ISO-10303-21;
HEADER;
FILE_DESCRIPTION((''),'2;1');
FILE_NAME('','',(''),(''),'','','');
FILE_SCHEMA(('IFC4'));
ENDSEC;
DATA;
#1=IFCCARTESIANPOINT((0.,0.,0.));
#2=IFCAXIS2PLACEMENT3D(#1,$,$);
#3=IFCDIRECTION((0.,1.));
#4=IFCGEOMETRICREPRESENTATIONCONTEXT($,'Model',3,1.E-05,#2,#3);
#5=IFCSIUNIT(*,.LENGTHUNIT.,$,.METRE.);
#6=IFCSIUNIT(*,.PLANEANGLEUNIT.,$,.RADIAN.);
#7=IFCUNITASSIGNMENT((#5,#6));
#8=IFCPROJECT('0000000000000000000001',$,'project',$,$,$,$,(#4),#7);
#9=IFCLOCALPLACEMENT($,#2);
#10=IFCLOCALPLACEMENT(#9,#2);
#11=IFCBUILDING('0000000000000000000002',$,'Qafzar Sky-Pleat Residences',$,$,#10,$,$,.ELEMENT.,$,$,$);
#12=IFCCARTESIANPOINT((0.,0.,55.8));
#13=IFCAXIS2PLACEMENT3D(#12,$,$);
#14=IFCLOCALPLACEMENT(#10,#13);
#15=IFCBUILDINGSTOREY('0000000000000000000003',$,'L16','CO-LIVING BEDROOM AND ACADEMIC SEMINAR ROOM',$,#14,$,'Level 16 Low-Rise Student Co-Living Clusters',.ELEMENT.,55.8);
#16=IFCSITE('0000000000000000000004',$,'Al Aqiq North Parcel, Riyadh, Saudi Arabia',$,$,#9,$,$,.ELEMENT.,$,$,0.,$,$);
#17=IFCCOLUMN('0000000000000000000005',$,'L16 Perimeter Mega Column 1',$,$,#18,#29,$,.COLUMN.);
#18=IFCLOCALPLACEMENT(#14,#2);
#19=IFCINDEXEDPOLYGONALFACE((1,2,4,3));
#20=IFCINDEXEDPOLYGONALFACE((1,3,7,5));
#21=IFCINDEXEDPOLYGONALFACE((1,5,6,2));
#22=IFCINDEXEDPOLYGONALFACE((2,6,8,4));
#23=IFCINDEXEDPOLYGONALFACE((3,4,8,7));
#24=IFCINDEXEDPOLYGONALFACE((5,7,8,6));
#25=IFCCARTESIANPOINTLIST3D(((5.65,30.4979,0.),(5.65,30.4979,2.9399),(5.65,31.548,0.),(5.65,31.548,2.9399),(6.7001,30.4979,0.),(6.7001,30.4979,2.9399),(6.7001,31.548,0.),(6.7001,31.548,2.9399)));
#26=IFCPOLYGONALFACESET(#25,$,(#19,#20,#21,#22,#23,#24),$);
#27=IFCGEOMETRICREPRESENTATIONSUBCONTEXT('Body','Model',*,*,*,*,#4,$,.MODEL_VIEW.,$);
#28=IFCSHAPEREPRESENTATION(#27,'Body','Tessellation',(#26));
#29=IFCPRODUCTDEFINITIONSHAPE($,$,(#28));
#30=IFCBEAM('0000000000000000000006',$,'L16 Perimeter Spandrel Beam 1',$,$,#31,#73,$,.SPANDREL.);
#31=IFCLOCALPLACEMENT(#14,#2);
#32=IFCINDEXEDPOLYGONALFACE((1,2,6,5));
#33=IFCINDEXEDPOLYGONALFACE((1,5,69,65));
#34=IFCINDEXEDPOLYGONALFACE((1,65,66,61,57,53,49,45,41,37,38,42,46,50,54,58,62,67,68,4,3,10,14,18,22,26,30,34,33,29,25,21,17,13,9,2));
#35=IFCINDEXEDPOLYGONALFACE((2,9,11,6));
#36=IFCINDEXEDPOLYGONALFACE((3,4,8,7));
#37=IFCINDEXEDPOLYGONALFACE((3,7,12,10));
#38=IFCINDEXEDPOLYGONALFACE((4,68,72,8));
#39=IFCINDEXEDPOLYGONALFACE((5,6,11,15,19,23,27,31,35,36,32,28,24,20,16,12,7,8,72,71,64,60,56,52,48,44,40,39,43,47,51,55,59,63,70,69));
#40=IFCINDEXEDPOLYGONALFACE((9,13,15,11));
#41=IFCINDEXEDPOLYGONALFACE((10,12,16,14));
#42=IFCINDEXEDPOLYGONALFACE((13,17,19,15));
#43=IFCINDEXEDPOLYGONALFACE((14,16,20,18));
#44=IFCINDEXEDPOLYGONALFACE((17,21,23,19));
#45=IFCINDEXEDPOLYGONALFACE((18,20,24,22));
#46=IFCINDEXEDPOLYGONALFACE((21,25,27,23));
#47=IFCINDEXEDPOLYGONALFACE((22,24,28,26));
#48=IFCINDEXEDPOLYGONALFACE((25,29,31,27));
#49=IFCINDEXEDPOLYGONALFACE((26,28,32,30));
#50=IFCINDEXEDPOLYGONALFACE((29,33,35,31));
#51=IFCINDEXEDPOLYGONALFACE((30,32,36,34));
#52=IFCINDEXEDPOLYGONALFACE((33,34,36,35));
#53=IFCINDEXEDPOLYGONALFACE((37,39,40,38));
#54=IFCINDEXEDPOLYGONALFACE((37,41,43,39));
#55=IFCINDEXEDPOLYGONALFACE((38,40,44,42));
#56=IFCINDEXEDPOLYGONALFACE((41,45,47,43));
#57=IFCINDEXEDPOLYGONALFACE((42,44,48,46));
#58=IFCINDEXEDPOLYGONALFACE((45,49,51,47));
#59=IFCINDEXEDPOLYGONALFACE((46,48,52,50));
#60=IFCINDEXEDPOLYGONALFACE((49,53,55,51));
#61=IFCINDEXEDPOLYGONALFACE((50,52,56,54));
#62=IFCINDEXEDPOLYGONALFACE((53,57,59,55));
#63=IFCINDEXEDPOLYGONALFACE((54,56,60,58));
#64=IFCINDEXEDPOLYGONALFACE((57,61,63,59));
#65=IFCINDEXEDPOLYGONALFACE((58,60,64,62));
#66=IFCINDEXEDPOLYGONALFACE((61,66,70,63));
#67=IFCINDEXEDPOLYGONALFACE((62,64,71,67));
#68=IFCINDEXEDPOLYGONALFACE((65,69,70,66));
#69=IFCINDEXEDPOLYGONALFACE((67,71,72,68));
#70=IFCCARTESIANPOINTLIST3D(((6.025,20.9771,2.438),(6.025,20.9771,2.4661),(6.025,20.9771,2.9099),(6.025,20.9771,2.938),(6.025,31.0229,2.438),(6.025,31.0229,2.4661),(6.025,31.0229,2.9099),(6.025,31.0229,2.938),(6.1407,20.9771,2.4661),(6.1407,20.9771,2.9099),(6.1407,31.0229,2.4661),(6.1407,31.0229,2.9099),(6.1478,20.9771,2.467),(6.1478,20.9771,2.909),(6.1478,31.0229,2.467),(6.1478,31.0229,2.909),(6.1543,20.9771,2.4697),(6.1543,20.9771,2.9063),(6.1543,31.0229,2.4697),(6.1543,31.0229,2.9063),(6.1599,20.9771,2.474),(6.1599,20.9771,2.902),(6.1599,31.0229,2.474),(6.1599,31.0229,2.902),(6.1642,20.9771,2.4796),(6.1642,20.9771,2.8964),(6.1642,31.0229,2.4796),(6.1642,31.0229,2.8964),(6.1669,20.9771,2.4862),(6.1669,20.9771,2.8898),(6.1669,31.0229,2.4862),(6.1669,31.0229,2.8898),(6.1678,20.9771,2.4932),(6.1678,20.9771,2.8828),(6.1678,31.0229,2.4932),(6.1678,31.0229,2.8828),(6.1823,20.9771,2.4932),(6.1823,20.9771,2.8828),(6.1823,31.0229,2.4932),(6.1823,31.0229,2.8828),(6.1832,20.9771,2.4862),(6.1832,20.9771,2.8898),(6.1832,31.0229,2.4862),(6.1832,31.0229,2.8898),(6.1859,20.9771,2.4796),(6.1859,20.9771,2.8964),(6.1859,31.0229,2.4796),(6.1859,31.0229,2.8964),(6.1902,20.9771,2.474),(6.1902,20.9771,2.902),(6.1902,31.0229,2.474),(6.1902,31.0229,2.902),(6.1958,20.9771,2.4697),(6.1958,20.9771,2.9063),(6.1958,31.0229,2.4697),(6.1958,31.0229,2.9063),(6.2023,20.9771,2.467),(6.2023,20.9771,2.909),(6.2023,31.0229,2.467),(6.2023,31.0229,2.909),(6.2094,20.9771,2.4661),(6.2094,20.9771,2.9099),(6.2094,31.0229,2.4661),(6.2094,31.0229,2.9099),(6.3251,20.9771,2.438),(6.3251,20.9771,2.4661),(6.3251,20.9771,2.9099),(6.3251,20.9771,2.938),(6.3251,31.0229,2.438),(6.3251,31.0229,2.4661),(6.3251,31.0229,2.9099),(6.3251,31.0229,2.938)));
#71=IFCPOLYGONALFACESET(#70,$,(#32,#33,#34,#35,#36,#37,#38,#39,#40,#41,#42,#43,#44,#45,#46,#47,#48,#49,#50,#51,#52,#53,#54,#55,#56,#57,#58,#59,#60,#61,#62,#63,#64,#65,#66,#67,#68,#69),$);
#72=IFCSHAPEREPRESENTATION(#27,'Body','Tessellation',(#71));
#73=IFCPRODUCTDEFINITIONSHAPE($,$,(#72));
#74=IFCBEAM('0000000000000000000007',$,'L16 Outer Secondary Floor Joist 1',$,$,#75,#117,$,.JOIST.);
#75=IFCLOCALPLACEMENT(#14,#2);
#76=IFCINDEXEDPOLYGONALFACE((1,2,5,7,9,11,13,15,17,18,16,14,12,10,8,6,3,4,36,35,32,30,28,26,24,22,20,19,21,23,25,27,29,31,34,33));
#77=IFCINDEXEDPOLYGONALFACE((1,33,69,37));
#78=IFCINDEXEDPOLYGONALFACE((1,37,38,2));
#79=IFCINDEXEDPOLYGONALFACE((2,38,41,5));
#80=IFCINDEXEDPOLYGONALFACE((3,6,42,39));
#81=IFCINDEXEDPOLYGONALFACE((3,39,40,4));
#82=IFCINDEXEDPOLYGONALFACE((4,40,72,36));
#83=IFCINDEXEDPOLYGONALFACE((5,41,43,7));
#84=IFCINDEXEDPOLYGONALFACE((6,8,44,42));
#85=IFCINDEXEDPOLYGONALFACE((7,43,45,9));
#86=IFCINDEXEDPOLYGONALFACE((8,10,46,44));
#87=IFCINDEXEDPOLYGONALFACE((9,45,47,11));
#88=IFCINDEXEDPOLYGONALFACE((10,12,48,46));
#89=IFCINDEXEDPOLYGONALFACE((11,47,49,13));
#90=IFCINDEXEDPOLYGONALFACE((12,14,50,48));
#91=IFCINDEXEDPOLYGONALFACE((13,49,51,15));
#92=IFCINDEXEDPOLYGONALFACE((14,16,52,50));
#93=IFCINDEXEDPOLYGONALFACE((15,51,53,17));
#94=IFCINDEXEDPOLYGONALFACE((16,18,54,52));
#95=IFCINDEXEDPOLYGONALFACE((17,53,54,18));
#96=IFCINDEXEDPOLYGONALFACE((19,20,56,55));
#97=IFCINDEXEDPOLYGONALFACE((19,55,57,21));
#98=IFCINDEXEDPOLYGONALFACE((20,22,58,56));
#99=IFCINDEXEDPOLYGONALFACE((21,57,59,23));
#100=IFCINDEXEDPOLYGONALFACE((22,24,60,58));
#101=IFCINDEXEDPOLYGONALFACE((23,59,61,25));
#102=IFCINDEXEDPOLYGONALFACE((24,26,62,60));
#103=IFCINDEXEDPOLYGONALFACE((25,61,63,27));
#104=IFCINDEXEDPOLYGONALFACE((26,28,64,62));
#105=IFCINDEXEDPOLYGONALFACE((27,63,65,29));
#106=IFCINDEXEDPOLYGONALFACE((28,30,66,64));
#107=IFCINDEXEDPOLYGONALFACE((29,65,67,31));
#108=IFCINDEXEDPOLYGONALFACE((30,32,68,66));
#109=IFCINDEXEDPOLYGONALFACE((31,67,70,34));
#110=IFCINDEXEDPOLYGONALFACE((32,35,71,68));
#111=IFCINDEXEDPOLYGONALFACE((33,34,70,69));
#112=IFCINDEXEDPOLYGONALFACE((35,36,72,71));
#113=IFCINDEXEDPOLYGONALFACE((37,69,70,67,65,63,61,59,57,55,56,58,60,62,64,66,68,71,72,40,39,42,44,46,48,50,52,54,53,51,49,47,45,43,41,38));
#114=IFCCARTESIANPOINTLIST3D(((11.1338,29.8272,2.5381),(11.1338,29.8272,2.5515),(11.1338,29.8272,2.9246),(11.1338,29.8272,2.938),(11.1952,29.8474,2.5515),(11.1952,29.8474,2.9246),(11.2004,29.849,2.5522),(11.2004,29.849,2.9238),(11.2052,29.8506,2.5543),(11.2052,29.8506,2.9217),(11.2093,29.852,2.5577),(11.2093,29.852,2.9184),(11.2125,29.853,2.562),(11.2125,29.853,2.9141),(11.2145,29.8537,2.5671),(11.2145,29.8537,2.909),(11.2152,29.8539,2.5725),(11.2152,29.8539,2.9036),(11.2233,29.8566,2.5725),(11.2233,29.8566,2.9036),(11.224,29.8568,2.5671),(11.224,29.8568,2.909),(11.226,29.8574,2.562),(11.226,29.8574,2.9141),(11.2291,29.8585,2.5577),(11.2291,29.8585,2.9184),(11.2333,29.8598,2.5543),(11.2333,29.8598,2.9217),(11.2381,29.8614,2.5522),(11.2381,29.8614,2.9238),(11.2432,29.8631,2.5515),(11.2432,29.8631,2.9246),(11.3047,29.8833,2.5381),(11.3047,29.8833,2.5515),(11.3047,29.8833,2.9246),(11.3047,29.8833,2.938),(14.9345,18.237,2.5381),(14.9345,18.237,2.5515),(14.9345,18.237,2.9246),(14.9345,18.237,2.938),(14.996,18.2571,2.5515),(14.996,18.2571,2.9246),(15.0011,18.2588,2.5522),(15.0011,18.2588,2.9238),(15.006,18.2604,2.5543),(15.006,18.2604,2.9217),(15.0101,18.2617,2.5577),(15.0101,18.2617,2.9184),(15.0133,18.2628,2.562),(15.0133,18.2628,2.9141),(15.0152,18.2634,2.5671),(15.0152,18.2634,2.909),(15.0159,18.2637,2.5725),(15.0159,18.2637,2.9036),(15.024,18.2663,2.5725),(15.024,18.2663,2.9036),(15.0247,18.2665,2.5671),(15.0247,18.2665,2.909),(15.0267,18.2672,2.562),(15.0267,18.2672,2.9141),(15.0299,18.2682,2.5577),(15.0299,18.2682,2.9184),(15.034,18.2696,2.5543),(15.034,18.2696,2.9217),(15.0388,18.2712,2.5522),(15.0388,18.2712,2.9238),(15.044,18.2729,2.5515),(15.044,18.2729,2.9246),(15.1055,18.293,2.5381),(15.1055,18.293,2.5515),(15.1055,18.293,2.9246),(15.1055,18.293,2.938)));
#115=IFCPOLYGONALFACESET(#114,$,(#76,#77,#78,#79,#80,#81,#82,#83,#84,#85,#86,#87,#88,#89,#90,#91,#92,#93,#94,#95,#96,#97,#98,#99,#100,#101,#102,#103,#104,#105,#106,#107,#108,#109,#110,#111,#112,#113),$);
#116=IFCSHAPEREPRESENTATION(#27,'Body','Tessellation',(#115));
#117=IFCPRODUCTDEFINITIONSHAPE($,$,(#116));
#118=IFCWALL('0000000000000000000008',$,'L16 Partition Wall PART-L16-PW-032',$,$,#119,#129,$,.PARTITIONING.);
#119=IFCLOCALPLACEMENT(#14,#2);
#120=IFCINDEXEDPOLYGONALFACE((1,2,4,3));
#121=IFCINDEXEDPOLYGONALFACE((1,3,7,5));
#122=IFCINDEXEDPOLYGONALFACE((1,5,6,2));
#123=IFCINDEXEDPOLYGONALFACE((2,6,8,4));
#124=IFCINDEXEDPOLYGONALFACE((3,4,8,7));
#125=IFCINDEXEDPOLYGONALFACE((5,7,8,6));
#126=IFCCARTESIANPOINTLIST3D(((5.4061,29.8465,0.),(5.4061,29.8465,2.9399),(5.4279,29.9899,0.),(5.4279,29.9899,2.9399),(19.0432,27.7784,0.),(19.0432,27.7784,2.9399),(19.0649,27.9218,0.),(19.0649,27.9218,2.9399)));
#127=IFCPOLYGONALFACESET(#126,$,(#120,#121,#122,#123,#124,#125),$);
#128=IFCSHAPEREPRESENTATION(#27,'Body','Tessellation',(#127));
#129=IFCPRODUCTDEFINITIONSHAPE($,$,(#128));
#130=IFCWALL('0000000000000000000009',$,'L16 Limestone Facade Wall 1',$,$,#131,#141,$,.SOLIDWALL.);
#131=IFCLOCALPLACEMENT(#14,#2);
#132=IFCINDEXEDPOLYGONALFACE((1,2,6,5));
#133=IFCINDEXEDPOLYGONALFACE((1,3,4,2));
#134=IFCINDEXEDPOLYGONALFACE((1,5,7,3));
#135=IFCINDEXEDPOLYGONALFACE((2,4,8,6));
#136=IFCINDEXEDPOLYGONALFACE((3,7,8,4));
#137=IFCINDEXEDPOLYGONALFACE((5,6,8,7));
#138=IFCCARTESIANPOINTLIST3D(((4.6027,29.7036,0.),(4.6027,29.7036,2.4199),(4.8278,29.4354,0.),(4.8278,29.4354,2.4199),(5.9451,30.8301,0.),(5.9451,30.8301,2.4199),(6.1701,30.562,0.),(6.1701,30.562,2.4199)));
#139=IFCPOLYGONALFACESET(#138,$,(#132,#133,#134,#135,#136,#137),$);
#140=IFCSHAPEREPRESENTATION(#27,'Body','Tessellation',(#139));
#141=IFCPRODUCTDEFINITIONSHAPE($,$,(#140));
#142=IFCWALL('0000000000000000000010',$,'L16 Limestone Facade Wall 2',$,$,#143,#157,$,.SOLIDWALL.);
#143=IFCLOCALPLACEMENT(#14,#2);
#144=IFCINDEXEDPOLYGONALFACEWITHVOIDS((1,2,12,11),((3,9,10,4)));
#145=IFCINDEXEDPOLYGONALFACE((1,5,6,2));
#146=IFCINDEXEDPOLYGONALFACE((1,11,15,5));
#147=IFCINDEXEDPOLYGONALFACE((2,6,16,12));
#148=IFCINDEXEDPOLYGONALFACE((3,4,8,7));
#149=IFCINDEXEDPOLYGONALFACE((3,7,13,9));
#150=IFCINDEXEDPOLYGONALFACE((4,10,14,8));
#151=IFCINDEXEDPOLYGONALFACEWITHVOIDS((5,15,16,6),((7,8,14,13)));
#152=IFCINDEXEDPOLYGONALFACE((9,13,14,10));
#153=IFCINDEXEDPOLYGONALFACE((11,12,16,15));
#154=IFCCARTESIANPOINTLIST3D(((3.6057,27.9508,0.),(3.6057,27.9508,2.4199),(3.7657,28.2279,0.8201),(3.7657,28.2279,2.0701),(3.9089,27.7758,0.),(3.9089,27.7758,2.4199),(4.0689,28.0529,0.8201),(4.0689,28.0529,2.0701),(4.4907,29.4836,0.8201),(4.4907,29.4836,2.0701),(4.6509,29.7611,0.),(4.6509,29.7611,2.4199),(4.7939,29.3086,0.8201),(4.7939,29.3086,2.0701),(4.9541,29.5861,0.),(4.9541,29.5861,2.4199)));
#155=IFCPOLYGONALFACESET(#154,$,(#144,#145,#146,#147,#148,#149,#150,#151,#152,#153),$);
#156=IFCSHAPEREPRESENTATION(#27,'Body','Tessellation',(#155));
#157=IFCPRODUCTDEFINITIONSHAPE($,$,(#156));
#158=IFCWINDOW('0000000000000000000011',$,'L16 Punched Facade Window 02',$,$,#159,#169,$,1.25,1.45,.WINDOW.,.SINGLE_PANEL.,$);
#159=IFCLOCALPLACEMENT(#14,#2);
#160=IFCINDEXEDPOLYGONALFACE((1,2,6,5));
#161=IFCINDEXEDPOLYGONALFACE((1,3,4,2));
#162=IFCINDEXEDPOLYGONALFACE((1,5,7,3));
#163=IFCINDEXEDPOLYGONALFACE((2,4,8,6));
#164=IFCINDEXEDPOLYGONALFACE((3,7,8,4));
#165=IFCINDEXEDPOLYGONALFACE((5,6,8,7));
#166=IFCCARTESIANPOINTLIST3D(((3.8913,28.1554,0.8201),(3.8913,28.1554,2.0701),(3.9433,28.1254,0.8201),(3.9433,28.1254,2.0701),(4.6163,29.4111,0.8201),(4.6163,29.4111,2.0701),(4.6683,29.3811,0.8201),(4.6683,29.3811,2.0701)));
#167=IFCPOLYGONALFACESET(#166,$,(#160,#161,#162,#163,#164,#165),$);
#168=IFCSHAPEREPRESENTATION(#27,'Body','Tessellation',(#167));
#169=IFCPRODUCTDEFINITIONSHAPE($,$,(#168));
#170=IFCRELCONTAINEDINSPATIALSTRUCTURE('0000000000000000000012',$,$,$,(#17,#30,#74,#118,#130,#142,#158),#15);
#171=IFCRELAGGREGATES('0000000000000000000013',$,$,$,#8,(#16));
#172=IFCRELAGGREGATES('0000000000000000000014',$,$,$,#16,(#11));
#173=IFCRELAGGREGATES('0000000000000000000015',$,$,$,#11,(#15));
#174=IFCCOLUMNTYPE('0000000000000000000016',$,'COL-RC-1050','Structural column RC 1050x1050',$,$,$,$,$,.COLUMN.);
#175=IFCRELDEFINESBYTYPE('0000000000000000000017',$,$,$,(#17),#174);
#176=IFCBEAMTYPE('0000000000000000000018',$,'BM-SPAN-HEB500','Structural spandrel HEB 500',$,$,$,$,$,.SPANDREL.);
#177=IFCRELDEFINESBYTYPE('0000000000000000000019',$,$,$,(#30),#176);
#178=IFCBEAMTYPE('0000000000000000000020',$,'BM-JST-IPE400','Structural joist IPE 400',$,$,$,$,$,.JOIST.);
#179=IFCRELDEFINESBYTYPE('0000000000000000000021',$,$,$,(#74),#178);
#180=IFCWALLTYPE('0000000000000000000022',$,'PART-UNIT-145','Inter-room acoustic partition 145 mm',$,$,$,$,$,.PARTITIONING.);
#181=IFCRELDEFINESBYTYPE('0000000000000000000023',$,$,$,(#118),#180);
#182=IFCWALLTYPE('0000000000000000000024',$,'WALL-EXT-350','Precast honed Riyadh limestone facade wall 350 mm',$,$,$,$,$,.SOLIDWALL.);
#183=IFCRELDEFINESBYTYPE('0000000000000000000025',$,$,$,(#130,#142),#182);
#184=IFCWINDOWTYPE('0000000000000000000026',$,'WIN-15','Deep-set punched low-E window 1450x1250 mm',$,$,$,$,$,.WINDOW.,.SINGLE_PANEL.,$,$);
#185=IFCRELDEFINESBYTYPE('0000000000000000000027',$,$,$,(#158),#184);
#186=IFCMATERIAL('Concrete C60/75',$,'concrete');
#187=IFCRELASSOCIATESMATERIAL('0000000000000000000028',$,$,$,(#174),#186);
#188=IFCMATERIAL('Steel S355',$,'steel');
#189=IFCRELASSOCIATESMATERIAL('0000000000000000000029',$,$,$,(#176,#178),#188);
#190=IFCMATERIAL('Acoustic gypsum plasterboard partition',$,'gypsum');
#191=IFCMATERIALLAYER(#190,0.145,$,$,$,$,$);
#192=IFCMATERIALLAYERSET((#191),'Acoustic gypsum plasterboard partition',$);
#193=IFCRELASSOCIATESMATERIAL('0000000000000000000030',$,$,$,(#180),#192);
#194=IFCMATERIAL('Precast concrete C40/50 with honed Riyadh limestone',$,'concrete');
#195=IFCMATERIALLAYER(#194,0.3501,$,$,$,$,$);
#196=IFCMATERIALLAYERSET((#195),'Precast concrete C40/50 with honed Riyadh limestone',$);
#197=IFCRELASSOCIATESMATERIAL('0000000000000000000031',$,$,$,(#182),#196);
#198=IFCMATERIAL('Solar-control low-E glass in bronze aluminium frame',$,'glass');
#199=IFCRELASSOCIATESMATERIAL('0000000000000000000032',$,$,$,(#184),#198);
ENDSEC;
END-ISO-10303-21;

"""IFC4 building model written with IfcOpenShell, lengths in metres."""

from ifc_helpers import new_model, si_unit, direction, frame, frame_2d, origin, origin_2d, place, context, subcontext, project, spatial, rectangle, i_section, extrude, source, transform, mapped, material, layer, layer_set, material_profile, profile_set, type_object, element, fill, save


model = new_model("IFC4")

# Units and contexts
model_context = context("Model", 3, precision=1e-05, world=origin(), true_north=direction((0.0, 1.0)))
body_context = subcontext(model_context, "Body", "Model", "MODEL_VIEW")
ifc_project = project(units=[si_unit("LENGTHUNIT", "METRE"), si_unit("PLANEANGLEUNIT", "RADIAN")], contexts=[model_context])

# Site, building, storey
site_placement = place(None, origin())
site = spatial("IfcSite", under=ifc_project, at=site_placement, Name="Al Aqiq North Parcel, Riyadh, Saudi Arabia", CompositionType="ELEMENT", RefElevation=0.0)
building_placement = place(site_placement, origin())
building = spatial("IfcBuilding", under=site, at=building_placement, Name="Qafzar Sky-Pleat Residences", CompositionType="ELEMENT")
storey_placement = place(building_placement, frame((0.0, 0.0, 55.8)))
storey = spatial("IfcBuildingStorey", under=building, at=storey_placement, Name="L16", Description="CO-LIVING BEDROOM AND ACADEMIC SEMINAR ROOM", LongName="Level 16 Low-Rise Student Co-Living Clusters", CompositionType="ELEMENT", Elevation=55.8)

# Column
ifc_material_1 = material(Name="Concrete C60/75", Category="concrete")
ifc_material_profile_1 = material_profile(ifc_material_1, rectangle(XDim=1.05, YDim=1.05, at=origin_2d()), Name="RC 1050x1050")
ifc_profile_set_1 = profile_set([ifc_material_profile_1], Name="Concrete C60/75")
column_type = type_object("IfcColumnType", Name="COL-RC-1050", Description="Structural column RC 1050x1050", PredefinedType="COLUMN", material=ifc_profile_set_1)
shared_shape_1 = source(origin(), body_context, "Body", "SweptSolid", [
    extrude(rectangle(XDim=1.05, YDim=1.05, at=origin_2d()), origin(), (0.0, 0.0, 1.0), 2.9399),
])
column_placement = place(storey_placement, frame((6.175, 31.0229, 0.0), z_axis=(0.0, 0.0, 1.0), x_axis=(1.0, 0.0, 0.0)))
element("IfcColumn", 1, at=column_placement, inside=storey, type_object=column_type, Name="L16 Perimeter Mega Column 1", PredefinedType="COLUMN", context=body_context, shape_type="MappedRepresentation", body=[
    mapped(shared_shape_1, transform((0.0, 0.0, 0.0), x_axis=(1.0, 0.0, 0.0), y_axis=(0.0, 1.0, 0.0), z_axis=(0.0, 0.0, 1.0), scale=1.0)),
])

# Beams
ifc_material_2 = material(Name="Steel S355", Category="steel")
ifc_material_profile_2 = material_profile(ifc_material_2, i_section(OverallWidth=0.3, OverallDepth=0.5, WebThickness=0.0144, FlangeThickness=0.0281, FilletRadius=0.0271, at=origin_2d()), Name="HEB 500")
ifc_profile_set_2 = profile_set([ifc_material_profile_2], Name="Steel S355")
beam_type_1 = type_object("IfcBeamType", Name="BM-SPAN-HEB500", Description="Structural spandrel HEB 500", PredefinedType="SPANDREL", material=ifc_profile_set_2)
shared_shape_2 = source(origin(), body_context, "Body", "SweptSolid", [
    extrude(i_section(OverallWidth=0.3, OverallDepth=0.5, WebThickness=0.0144, FlangeThickness=0.0281, FilletRadius=0.0271, at=origin_2d()), origin(), (0.0, 0.0, 1.0), 10.0459),
])
beam_1_placement = place(storey_placement, frame((6.175, 31.0229, 2.688), z_axis=(0.0, -1.0, 0.0), x_axis=(1.0, 0.0, 0.0)))
element("IfcBeam", 2, at=beam_1_placement, inside=storey, type_object=beam_type_1, Name="L16 Perimeter Spandrel Beam 1", PredefinedType="SPANDREL", context=body_context, shape_type="MappedRepresentation", body=[
    mapped(shared_shape_2, transform((0.0, 0.0, 0.0), x_axis=(1.0, 0.0, 0.0), y_axis=(0.0, 1.0, 0.0), z_axis=(0.0, 0.0, 1.0), scale=1.0)),
])
ifc_material_profile_3 = material_profile(ifc_material_2, i_section(OverallWidth=0.1799, OverallDepth=0.3999, WebThickness=0.0085, FlangeThickness=0.0134, FilletRadius=0.021, at=origin_2d()), Name="IPE 400")
ifc_profile_set_3 = profile_set([ifc_material_profile_3], Name="Steel S355")
beam_type_2 = type_object("IfcBeamType", Name="BM-JST-IPE400", Description="Structural joist IPE 400", PredefinedType="JOIST", material=ifc_profile_set_3)
shared_shape_3 = source(origin(), body_context, "Body", "SweptSolid", [
    extrude(i_section(OverallWidth=0.1799, OverallDepth=0.3999, WebThickness=0.0085, FlangeThickness=0.0134, FilletRadius=0.021, at=origin_2d()), origin(), (0.0, 0.0, 1.0), 12.1975),
])
beam_2_placement = place(storey_placement, frame((11.2192, 29.8552, 2.738), z_axis=(0.3116, -0.950213, 0.0), x_axis=(0.950213, 0.3116, 0.0)))
element("IfcBeam", 3, at=beam_2_placement, inside=storey, type_object=beam_type_2, Name="L16 Outer Secondary Floor Joist 1", PredefinedType="JOIST", context=body_context, shape_type="MappedRepresentation", body=[
    mapped(shared_shape_3, transform((0.0, 0.0, 0.0), x_axis=(1.0, 0.0, 0.0), y_axis=(0.0, 1.0, 0.0), z_axis=(0.0, 0.0, 1.0), scale=1.0)),
])

# Walls
ifc_material_3 = material(Name="Acoustic gypsum plasterboard partition", Category="gypsum")
ifc_layer_1 = layer(ifc_material_3, 0.145)
ifc_layer_set_1 = layer_set([ifc_layer_1], Name="Acoustic gypsum plasterboard partition")
wall_type_1 = type_object("IfcWallType", Name="PART-UNIT-145", Description="Inter-room acoustic partition 145 mm", PredefinedType="PARTITIONING", material=ifc_layer_set_1)
wall_1_placement = place(storey_placement, frame((5.417, 29.9182, 0.0), z_axis=(0.0, 0.0, 1.0), x_axis=(0.988695, -0.149941, 0.0)))
element("IfcWall", 4, at=wall_1_placement, inside=storey, type_object=wall_type_1, Name="L16 Partition Wall PART-L16-PW-032", PredefinedType="PARTITIONING", context=body_context, shape_type="SweptSolid", body=[
    extrude(rectangle(XDim=13.793, YDim=0.145, at=frame_2d((6.8965, 0.0))), origin(), (0.0, 0.0, 1.0), 2.9399),
])
ifc_material_4 = material(Name="Precast concrete C40/50 with honed Riyadh limestone", Category="concrete")
ifc_layer_2 = layer(ifc_material_4, 0.3501)
ifc_layer_set_2 = layer_set([ifc_layer_2], Name="Precast concrete C40/50 with honed Riyadh limestone")
wall_type_2 = type_object("IfcWallType", Name="WALL-EXT-350", Description="Precast honed Riyadh limestone facade wall 350 mm", PredefinedType="SOLIDWALL", material=ifc_layer_set_2)
wall_2_placement = place(storey_placement, frame((6.0576, 30.696, 0.0), z_axis=(0.0, 0.0, 1.0), x_axis=(-0.766001, -0.642839, 0.0)))
element("IfcWall", 5, at=wall_2_placement, inside=storey, type_object=wall_type_2, Name="L16 Limestone Facade Wall 1", PredefinedType="SOLIDWALL", context=body_context, shape_type="SweptSolid", body=[
    extrude(rectangle(XDim=1.7524, YDim=0.3501, at=frame_2d((0.8762, 0.0))), origin(), (0.0, 0.0, 1.0), 2.4199),
])

# Wall, opening, window
wall_3_placement = place(storey_placement, frame((4.8025, 29.6736, 0.0), z_axis=(0.0, 0.0, 1.0), x_axis=(-0.499995, -0.866028, 0.0)))
wall_3 = element("IfcWall", 6, at=wall_3_placement, inside=storey, type_object=wall_type_2, Name="L16 Limestone Facade Wall 2", PredefinedType="SOLIDWALL", context=body_context, shape_type="SweptSolid", body=[
    extrude(rectangle(XDim=2.0903, YDim=0.3501, at=frame_2d((1.0452, 0.0))), origin(), (0.0, 0.0, 1.0), 2.4199),
])
opening_1_placement = place(wall_3_placement, frame((0.3203, 0.0, 0.8201)))
opening_1 = element("IfcOpeningElement", 7, at=opening_1_placement, cuts=wall_3, PredefinedType="OPENING", context=body_context, shape_type="SweptSolid", body=[
    extrude(rectangle(XDim=1.45, YDim=1.25, at=frame_2d((0.7251, 0.625))), frame((0.0, 0.1851, 0.0), z_axis=(0.0, -1.0, 0.0), x_axis=(1.0, 0.0, 0.0)), (0.0, 0.0, 1.0), 0.3701),
])
ifc_material_5 = material(Name="Solar-control low-E glass in bronze aluminium frame", Category="glass")
window_type = type_object("IfcWindowType", Name="WIN-15", Description="Deep-set punched low-E window 1450x1250 mm", PartitioningType="SINGLE_PANEL", PredefinedType="WINDOW", material=ifc_material_5)
shared_shape_4 = source(origin(), body_context, "Body", "SweptSolid", [
    extrude(rectangle(XDim=1.45, YDim=1.25, at=frame_2d((0.7251, 0.625))), frame((0.0, 0.03, 0.0), z_axis=(0.0, -1.0, 0.0), x_axis=(1.0, 0.0, 0.0)), (0.0, 0.0, 1.0), 0.0601),
])
window_1_placement = place(opening_1_placement, origin())
window_1 = element("IfcWindow", 8, at=window_1_placement, inside=storey, type_object=window_type, Name="L16 Punched Facade Window 02", OverallHeight=1.25, OverallWidth=1.45, PartitioningType="SINGLE_PANEL", PredefinedType="WINDOW", context=body_context, shape_type="MappedRepresentation", body=[
    mapped(shared_shape_4, transform((0.0, 0.0, 0.0), x_axis=(1.0, 0.0, 0.0), y_axis=(0.0, 1.0, 0.0), z_axis=(0.0, 0.0, 1.0), scale=1.0)),
])
fill(opening_1, window_1)

save(model, "model.ifc")
